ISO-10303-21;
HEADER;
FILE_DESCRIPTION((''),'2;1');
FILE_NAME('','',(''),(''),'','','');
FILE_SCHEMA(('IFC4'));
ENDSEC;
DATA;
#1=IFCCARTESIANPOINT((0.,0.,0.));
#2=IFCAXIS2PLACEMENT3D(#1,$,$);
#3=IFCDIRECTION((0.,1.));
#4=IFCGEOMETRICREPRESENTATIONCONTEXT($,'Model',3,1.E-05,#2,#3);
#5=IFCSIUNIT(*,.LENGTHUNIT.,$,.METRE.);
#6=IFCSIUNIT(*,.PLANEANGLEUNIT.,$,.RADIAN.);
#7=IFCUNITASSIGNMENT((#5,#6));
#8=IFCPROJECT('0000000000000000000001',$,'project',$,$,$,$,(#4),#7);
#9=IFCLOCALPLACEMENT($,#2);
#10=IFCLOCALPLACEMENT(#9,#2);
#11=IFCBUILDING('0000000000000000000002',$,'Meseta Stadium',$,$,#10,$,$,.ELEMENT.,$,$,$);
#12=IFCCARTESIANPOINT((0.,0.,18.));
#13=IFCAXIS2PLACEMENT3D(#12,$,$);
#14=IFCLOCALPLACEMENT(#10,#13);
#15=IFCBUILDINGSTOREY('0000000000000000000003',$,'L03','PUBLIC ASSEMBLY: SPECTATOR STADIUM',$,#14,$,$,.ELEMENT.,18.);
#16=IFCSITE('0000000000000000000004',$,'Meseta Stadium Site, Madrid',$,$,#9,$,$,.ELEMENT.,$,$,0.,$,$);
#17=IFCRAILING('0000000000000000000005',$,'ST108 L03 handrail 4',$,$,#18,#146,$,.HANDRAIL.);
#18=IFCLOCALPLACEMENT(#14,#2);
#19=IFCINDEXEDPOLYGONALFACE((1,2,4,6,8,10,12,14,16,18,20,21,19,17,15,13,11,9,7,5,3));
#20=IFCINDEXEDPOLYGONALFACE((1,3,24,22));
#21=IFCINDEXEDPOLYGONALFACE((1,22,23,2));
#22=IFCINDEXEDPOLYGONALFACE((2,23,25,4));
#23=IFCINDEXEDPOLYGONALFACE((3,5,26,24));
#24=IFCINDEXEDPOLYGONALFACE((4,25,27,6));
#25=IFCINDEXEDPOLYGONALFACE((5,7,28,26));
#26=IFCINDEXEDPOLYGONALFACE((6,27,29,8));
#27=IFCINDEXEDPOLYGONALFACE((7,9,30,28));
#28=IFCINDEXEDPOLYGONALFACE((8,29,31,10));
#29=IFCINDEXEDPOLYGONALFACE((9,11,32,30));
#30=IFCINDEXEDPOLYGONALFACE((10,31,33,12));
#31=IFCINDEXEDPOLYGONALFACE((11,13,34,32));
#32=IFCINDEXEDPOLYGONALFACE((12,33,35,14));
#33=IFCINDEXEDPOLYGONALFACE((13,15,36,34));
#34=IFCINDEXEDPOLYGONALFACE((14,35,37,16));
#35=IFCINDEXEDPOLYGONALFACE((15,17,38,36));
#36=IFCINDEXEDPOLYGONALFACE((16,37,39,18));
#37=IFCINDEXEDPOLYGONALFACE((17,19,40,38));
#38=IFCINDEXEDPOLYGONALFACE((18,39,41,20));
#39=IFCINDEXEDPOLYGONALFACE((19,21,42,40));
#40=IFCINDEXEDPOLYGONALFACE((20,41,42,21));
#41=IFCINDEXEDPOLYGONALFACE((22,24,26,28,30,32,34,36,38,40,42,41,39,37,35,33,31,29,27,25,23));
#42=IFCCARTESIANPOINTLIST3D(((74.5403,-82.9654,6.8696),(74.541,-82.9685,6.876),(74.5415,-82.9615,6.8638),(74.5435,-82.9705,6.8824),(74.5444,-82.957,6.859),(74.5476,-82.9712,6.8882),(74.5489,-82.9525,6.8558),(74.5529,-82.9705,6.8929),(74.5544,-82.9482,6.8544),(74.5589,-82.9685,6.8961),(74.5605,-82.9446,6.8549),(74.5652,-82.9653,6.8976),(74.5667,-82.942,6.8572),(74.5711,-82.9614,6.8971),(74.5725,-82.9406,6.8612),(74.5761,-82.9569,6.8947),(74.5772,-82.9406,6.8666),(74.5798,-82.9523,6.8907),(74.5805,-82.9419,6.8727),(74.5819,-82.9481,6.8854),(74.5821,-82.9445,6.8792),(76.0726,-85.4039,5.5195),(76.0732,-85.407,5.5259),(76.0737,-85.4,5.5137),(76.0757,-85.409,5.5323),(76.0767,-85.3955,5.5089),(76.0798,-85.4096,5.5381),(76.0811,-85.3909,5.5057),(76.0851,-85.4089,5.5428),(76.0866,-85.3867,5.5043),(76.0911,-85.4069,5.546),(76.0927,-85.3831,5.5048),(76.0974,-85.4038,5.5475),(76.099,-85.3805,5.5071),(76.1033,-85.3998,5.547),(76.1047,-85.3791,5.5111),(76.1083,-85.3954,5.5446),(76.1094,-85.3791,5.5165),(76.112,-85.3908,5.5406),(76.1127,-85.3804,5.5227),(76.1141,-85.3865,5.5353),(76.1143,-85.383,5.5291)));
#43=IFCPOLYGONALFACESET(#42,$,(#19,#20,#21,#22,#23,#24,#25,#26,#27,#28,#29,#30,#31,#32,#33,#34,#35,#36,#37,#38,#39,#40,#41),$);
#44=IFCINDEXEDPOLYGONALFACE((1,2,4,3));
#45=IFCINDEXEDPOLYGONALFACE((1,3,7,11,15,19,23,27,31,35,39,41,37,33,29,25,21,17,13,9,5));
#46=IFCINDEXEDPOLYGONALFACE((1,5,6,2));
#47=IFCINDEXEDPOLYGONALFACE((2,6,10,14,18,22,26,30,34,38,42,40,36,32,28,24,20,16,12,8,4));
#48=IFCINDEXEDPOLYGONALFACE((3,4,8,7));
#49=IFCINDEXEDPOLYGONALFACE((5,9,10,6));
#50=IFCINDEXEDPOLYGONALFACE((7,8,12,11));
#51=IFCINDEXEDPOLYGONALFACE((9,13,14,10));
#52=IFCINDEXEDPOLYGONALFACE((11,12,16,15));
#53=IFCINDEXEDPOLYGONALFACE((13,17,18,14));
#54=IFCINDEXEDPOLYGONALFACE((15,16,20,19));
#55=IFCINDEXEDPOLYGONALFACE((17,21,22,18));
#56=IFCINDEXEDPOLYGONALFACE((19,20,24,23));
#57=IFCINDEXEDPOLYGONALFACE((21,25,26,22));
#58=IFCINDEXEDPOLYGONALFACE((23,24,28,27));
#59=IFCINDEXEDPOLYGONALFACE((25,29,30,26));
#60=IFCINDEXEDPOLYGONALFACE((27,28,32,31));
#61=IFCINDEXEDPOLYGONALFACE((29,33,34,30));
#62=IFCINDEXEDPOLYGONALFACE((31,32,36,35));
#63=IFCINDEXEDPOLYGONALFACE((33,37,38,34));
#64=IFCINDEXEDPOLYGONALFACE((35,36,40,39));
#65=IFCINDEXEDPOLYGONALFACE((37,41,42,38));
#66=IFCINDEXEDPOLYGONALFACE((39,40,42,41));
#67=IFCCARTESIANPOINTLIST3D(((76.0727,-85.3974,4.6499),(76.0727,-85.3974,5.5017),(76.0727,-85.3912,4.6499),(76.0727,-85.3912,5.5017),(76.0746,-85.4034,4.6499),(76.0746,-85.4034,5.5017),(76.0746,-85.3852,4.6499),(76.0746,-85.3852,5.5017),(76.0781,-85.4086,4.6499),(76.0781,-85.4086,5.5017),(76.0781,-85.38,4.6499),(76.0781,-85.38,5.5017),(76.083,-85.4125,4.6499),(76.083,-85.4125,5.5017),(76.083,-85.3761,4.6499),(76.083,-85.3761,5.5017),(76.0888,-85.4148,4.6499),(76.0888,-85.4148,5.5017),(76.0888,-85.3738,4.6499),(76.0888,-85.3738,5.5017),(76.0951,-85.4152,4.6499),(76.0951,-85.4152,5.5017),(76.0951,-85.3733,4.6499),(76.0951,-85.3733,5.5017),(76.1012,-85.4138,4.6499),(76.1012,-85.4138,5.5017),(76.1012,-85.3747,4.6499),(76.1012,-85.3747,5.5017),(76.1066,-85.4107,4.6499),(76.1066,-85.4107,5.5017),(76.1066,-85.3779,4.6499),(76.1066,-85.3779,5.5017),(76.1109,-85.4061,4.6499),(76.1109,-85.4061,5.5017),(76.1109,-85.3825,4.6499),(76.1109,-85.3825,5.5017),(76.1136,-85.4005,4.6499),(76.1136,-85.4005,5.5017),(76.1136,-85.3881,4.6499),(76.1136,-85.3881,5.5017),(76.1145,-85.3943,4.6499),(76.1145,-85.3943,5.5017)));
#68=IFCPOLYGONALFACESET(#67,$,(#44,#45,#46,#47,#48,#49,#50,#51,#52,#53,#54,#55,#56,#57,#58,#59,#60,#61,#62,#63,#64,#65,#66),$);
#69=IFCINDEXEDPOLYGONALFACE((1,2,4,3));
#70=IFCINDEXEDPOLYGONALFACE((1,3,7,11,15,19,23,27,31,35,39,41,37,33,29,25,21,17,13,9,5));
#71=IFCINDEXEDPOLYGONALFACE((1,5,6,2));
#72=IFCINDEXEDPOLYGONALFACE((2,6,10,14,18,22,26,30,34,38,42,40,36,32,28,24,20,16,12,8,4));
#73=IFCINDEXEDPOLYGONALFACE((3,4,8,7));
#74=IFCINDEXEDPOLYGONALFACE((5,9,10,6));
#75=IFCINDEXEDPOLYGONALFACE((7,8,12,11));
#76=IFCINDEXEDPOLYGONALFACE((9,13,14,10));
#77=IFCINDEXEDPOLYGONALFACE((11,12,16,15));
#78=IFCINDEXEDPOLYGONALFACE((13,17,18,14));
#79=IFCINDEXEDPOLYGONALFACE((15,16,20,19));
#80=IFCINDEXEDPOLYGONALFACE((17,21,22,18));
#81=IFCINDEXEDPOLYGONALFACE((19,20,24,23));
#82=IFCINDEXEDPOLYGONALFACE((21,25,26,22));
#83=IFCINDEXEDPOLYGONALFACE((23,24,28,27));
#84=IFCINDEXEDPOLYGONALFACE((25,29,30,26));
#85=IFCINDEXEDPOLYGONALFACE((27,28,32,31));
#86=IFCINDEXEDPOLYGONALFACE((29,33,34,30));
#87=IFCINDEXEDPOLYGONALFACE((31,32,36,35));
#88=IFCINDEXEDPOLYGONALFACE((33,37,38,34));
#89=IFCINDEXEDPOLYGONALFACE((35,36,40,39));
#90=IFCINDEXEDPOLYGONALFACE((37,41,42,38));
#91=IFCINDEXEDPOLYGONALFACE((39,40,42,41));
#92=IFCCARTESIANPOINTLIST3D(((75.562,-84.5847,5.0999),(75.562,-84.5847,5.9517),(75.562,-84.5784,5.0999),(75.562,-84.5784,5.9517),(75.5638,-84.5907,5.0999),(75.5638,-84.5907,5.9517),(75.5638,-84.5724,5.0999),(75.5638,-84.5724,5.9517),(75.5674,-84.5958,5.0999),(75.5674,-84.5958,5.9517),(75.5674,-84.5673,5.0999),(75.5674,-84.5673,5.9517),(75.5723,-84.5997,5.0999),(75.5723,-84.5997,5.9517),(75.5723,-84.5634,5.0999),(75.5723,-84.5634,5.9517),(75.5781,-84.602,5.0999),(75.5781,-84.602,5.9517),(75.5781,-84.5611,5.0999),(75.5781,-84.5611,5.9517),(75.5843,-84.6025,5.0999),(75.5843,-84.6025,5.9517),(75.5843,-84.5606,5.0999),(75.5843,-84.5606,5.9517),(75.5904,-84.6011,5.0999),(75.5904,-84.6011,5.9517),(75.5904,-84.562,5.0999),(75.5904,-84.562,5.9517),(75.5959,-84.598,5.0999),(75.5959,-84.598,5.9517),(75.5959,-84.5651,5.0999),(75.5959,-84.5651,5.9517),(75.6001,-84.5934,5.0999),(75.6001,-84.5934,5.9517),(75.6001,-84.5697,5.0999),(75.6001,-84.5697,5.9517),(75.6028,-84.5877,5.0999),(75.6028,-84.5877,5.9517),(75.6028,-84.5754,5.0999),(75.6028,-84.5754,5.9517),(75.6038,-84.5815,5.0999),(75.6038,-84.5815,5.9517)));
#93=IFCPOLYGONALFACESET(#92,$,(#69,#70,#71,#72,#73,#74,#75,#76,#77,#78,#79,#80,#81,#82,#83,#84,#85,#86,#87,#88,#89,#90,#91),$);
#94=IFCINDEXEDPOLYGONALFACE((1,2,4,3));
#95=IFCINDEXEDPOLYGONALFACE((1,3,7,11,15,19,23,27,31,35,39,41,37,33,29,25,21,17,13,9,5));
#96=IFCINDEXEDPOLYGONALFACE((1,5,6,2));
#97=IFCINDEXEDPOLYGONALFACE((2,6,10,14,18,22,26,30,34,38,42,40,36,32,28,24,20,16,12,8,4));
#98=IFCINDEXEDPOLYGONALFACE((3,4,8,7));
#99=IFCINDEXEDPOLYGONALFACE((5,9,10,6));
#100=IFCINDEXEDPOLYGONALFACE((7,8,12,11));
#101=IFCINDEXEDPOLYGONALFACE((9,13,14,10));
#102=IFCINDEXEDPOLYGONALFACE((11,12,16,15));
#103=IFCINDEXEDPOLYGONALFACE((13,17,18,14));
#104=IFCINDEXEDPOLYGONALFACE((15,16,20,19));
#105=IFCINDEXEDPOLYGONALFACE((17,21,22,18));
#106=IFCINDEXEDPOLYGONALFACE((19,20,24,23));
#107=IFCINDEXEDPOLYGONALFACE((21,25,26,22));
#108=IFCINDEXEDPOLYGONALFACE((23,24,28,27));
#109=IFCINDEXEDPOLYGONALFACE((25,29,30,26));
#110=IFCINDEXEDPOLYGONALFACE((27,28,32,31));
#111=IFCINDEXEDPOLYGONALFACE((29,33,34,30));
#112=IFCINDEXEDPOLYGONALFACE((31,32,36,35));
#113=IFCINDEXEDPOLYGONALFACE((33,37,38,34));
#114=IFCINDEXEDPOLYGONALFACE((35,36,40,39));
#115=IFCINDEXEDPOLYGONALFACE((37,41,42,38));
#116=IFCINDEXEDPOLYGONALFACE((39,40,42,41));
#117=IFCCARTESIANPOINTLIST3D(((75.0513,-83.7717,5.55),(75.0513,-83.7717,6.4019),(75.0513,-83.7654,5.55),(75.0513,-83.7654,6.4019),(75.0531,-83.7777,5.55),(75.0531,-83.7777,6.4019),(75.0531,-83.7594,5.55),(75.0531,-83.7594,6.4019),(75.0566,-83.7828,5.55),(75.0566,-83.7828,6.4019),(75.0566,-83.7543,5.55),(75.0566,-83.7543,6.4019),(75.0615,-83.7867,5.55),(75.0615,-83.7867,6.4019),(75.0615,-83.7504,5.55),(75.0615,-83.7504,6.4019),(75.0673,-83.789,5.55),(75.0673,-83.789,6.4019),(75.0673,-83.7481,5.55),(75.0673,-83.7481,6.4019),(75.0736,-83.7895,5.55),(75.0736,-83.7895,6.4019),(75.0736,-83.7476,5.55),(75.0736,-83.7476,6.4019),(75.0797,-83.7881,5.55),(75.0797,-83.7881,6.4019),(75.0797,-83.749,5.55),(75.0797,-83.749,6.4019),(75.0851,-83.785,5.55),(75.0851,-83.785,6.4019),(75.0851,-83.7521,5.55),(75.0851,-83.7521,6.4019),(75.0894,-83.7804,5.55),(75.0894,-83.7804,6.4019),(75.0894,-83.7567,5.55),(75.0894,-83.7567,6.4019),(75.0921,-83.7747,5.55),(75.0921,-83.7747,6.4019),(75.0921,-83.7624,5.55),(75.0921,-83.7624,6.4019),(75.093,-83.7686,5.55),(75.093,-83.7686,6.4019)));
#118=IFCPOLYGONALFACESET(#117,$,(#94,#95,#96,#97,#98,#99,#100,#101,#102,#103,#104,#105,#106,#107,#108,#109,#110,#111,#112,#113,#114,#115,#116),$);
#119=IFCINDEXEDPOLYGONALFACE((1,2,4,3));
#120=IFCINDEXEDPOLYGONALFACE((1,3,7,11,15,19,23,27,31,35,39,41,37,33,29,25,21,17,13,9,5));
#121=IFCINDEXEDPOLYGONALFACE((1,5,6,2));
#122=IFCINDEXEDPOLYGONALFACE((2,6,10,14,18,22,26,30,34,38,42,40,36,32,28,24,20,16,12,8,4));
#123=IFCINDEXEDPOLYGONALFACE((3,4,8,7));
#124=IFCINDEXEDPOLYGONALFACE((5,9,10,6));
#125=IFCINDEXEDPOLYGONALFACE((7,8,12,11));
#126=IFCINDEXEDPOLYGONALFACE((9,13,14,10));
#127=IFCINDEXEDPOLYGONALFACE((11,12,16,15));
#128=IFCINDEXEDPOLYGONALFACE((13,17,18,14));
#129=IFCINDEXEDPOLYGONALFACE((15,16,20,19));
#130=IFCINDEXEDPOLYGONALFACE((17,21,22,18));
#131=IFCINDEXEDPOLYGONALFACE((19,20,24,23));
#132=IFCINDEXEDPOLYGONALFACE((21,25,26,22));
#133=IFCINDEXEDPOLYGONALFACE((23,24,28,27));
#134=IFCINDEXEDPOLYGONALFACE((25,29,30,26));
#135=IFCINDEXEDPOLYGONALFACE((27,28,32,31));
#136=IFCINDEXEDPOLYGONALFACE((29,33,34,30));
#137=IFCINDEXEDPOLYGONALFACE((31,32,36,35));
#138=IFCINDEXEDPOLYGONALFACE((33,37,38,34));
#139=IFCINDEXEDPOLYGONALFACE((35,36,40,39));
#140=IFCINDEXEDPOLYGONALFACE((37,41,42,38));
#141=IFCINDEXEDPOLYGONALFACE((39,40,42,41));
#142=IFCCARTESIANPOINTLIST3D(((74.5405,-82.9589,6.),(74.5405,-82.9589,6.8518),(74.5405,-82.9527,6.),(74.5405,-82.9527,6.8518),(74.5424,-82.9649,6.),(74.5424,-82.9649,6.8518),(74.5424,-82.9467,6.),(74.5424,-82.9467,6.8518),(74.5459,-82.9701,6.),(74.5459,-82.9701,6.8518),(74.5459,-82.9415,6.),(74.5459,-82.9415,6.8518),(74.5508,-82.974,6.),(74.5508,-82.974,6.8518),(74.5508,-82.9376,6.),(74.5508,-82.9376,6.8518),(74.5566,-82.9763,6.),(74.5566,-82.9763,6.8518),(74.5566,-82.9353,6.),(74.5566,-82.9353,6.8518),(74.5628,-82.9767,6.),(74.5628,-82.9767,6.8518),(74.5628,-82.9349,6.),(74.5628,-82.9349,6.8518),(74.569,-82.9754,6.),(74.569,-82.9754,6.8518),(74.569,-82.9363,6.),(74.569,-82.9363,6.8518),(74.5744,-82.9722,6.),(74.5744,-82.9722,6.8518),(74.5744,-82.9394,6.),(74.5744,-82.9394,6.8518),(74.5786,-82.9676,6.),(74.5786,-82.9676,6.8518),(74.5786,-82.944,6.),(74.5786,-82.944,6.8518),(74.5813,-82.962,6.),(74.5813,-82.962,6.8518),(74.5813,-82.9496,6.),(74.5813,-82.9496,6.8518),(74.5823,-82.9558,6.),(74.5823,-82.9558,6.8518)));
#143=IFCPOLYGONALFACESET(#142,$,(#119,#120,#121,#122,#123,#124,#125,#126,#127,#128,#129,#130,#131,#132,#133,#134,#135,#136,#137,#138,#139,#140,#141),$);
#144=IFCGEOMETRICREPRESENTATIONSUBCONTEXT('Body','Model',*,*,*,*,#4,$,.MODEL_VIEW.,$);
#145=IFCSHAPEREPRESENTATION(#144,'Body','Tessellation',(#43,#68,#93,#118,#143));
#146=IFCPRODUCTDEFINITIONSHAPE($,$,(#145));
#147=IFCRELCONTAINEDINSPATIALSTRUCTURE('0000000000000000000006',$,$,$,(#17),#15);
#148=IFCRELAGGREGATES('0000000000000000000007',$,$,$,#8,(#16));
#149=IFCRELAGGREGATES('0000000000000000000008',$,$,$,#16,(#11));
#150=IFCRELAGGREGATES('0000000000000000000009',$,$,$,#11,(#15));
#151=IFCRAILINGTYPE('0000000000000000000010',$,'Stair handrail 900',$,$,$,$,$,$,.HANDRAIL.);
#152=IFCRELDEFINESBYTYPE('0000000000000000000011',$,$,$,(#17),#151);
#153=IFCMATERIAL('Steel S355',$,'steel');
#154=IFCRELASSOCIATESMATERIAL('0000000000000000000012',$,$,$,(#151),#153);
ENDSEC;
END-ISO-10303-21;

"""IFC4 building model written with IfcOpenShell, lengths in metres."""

from ifc_helpers import new_model, si_unit, direction, frame, origin, origin_2d, place, context, subcontext, project, spatial, circle, extrude, material, type_object, element, save


model = new_model("IFC4")

# Units and contexts
model_context = context("Model", 3, precision=1e-05, world=origin(), true_north=direction((0.0, 1.0)))
body_context = subcontext(model_context, "Body", "Model", "MODEL_VIEW")
ifc_project = project(units=[si_unit("LENGTHUNIT", "METRE"), si_unit("PLANEANGLEUNIT", "RADIAN")], contexts=[model_context])

# Site, building, storey
site_placement = place(None, origin())
site = spatial("IfcSite", under=ifc_project, at=site_placement, Name="Meseta Stadium Site, Madrid", CompositionType="ELEMENT", RefElevation=0.0)
building_placement = place(site_placement, origin())
building = spatial("IfcBuilding", under=site, at=building_placement, Name="Meseta Stadium", CompositionType="ELEMENT")
storey_placement = place(building_placement, frame((0.0, 0.0, 18.0)))
storey = spatial("IfcBuildingStorey", under=building, at=storey_placement, Name="L03", Description="PUBLIC ASSEMBLY: SPECTATOR STADIUM", CompositionType="ELEMENT", Elevation=18.0)

# Railing
ifc_material_1 = material(Name="Steel S355", Category="steel")
railing_type_1 = type_object("IfcRailingType", Name="Stair handrail 900", PredefinedType="HANDRAIL", material=ifc_material_1)
for number, where, name in (
    (1, (76.0935, -85.3943, 4.6499), "ST108 L03 handrail 4"),
):
    element("IfcRailing", number, at=place(storey_placement, frame(where)), inside=storey, type_object=railing_type_1, Name=name, PredefinedType="HANDRAIL", context=body_context, shape_type="SweptSolid", body=[
        extrude(circle(Radius=0.0239, at=origin_2d()), frame((0.0, 0.0, 0.876), z_axis=(-0.481731, 0.766655, 0.42447), x_axis=(-0.846719, -0.53204, 0.0)), (0.0, 0.0, 1.0), 3.1807),
        extrude(circle(Radius=0.021, at=origin_2d()), origin(), (0.0, 0.0, 1.0), 0.8518),
        extrude(circle(Radius=0.021, at=origin_2d()), frame((-0.5107, 0.8127, 0.45)), (0.0, 0.0, 1.0), 0.8518),
        extrude(circle(Radius=0.021, at=origin_2d()), frame((-1.0215, 1.6257, 0.9001)), (0.0, 0.0, 1.0), 0.8518),
        extrude(circle(Radius=0.021, at=origin_2d()), frame((-1.5322, 2.4385, 1.3501)), (0.0, 0.0, 1.0), 0.8518),
    ])

save(model, "model.ifc")
